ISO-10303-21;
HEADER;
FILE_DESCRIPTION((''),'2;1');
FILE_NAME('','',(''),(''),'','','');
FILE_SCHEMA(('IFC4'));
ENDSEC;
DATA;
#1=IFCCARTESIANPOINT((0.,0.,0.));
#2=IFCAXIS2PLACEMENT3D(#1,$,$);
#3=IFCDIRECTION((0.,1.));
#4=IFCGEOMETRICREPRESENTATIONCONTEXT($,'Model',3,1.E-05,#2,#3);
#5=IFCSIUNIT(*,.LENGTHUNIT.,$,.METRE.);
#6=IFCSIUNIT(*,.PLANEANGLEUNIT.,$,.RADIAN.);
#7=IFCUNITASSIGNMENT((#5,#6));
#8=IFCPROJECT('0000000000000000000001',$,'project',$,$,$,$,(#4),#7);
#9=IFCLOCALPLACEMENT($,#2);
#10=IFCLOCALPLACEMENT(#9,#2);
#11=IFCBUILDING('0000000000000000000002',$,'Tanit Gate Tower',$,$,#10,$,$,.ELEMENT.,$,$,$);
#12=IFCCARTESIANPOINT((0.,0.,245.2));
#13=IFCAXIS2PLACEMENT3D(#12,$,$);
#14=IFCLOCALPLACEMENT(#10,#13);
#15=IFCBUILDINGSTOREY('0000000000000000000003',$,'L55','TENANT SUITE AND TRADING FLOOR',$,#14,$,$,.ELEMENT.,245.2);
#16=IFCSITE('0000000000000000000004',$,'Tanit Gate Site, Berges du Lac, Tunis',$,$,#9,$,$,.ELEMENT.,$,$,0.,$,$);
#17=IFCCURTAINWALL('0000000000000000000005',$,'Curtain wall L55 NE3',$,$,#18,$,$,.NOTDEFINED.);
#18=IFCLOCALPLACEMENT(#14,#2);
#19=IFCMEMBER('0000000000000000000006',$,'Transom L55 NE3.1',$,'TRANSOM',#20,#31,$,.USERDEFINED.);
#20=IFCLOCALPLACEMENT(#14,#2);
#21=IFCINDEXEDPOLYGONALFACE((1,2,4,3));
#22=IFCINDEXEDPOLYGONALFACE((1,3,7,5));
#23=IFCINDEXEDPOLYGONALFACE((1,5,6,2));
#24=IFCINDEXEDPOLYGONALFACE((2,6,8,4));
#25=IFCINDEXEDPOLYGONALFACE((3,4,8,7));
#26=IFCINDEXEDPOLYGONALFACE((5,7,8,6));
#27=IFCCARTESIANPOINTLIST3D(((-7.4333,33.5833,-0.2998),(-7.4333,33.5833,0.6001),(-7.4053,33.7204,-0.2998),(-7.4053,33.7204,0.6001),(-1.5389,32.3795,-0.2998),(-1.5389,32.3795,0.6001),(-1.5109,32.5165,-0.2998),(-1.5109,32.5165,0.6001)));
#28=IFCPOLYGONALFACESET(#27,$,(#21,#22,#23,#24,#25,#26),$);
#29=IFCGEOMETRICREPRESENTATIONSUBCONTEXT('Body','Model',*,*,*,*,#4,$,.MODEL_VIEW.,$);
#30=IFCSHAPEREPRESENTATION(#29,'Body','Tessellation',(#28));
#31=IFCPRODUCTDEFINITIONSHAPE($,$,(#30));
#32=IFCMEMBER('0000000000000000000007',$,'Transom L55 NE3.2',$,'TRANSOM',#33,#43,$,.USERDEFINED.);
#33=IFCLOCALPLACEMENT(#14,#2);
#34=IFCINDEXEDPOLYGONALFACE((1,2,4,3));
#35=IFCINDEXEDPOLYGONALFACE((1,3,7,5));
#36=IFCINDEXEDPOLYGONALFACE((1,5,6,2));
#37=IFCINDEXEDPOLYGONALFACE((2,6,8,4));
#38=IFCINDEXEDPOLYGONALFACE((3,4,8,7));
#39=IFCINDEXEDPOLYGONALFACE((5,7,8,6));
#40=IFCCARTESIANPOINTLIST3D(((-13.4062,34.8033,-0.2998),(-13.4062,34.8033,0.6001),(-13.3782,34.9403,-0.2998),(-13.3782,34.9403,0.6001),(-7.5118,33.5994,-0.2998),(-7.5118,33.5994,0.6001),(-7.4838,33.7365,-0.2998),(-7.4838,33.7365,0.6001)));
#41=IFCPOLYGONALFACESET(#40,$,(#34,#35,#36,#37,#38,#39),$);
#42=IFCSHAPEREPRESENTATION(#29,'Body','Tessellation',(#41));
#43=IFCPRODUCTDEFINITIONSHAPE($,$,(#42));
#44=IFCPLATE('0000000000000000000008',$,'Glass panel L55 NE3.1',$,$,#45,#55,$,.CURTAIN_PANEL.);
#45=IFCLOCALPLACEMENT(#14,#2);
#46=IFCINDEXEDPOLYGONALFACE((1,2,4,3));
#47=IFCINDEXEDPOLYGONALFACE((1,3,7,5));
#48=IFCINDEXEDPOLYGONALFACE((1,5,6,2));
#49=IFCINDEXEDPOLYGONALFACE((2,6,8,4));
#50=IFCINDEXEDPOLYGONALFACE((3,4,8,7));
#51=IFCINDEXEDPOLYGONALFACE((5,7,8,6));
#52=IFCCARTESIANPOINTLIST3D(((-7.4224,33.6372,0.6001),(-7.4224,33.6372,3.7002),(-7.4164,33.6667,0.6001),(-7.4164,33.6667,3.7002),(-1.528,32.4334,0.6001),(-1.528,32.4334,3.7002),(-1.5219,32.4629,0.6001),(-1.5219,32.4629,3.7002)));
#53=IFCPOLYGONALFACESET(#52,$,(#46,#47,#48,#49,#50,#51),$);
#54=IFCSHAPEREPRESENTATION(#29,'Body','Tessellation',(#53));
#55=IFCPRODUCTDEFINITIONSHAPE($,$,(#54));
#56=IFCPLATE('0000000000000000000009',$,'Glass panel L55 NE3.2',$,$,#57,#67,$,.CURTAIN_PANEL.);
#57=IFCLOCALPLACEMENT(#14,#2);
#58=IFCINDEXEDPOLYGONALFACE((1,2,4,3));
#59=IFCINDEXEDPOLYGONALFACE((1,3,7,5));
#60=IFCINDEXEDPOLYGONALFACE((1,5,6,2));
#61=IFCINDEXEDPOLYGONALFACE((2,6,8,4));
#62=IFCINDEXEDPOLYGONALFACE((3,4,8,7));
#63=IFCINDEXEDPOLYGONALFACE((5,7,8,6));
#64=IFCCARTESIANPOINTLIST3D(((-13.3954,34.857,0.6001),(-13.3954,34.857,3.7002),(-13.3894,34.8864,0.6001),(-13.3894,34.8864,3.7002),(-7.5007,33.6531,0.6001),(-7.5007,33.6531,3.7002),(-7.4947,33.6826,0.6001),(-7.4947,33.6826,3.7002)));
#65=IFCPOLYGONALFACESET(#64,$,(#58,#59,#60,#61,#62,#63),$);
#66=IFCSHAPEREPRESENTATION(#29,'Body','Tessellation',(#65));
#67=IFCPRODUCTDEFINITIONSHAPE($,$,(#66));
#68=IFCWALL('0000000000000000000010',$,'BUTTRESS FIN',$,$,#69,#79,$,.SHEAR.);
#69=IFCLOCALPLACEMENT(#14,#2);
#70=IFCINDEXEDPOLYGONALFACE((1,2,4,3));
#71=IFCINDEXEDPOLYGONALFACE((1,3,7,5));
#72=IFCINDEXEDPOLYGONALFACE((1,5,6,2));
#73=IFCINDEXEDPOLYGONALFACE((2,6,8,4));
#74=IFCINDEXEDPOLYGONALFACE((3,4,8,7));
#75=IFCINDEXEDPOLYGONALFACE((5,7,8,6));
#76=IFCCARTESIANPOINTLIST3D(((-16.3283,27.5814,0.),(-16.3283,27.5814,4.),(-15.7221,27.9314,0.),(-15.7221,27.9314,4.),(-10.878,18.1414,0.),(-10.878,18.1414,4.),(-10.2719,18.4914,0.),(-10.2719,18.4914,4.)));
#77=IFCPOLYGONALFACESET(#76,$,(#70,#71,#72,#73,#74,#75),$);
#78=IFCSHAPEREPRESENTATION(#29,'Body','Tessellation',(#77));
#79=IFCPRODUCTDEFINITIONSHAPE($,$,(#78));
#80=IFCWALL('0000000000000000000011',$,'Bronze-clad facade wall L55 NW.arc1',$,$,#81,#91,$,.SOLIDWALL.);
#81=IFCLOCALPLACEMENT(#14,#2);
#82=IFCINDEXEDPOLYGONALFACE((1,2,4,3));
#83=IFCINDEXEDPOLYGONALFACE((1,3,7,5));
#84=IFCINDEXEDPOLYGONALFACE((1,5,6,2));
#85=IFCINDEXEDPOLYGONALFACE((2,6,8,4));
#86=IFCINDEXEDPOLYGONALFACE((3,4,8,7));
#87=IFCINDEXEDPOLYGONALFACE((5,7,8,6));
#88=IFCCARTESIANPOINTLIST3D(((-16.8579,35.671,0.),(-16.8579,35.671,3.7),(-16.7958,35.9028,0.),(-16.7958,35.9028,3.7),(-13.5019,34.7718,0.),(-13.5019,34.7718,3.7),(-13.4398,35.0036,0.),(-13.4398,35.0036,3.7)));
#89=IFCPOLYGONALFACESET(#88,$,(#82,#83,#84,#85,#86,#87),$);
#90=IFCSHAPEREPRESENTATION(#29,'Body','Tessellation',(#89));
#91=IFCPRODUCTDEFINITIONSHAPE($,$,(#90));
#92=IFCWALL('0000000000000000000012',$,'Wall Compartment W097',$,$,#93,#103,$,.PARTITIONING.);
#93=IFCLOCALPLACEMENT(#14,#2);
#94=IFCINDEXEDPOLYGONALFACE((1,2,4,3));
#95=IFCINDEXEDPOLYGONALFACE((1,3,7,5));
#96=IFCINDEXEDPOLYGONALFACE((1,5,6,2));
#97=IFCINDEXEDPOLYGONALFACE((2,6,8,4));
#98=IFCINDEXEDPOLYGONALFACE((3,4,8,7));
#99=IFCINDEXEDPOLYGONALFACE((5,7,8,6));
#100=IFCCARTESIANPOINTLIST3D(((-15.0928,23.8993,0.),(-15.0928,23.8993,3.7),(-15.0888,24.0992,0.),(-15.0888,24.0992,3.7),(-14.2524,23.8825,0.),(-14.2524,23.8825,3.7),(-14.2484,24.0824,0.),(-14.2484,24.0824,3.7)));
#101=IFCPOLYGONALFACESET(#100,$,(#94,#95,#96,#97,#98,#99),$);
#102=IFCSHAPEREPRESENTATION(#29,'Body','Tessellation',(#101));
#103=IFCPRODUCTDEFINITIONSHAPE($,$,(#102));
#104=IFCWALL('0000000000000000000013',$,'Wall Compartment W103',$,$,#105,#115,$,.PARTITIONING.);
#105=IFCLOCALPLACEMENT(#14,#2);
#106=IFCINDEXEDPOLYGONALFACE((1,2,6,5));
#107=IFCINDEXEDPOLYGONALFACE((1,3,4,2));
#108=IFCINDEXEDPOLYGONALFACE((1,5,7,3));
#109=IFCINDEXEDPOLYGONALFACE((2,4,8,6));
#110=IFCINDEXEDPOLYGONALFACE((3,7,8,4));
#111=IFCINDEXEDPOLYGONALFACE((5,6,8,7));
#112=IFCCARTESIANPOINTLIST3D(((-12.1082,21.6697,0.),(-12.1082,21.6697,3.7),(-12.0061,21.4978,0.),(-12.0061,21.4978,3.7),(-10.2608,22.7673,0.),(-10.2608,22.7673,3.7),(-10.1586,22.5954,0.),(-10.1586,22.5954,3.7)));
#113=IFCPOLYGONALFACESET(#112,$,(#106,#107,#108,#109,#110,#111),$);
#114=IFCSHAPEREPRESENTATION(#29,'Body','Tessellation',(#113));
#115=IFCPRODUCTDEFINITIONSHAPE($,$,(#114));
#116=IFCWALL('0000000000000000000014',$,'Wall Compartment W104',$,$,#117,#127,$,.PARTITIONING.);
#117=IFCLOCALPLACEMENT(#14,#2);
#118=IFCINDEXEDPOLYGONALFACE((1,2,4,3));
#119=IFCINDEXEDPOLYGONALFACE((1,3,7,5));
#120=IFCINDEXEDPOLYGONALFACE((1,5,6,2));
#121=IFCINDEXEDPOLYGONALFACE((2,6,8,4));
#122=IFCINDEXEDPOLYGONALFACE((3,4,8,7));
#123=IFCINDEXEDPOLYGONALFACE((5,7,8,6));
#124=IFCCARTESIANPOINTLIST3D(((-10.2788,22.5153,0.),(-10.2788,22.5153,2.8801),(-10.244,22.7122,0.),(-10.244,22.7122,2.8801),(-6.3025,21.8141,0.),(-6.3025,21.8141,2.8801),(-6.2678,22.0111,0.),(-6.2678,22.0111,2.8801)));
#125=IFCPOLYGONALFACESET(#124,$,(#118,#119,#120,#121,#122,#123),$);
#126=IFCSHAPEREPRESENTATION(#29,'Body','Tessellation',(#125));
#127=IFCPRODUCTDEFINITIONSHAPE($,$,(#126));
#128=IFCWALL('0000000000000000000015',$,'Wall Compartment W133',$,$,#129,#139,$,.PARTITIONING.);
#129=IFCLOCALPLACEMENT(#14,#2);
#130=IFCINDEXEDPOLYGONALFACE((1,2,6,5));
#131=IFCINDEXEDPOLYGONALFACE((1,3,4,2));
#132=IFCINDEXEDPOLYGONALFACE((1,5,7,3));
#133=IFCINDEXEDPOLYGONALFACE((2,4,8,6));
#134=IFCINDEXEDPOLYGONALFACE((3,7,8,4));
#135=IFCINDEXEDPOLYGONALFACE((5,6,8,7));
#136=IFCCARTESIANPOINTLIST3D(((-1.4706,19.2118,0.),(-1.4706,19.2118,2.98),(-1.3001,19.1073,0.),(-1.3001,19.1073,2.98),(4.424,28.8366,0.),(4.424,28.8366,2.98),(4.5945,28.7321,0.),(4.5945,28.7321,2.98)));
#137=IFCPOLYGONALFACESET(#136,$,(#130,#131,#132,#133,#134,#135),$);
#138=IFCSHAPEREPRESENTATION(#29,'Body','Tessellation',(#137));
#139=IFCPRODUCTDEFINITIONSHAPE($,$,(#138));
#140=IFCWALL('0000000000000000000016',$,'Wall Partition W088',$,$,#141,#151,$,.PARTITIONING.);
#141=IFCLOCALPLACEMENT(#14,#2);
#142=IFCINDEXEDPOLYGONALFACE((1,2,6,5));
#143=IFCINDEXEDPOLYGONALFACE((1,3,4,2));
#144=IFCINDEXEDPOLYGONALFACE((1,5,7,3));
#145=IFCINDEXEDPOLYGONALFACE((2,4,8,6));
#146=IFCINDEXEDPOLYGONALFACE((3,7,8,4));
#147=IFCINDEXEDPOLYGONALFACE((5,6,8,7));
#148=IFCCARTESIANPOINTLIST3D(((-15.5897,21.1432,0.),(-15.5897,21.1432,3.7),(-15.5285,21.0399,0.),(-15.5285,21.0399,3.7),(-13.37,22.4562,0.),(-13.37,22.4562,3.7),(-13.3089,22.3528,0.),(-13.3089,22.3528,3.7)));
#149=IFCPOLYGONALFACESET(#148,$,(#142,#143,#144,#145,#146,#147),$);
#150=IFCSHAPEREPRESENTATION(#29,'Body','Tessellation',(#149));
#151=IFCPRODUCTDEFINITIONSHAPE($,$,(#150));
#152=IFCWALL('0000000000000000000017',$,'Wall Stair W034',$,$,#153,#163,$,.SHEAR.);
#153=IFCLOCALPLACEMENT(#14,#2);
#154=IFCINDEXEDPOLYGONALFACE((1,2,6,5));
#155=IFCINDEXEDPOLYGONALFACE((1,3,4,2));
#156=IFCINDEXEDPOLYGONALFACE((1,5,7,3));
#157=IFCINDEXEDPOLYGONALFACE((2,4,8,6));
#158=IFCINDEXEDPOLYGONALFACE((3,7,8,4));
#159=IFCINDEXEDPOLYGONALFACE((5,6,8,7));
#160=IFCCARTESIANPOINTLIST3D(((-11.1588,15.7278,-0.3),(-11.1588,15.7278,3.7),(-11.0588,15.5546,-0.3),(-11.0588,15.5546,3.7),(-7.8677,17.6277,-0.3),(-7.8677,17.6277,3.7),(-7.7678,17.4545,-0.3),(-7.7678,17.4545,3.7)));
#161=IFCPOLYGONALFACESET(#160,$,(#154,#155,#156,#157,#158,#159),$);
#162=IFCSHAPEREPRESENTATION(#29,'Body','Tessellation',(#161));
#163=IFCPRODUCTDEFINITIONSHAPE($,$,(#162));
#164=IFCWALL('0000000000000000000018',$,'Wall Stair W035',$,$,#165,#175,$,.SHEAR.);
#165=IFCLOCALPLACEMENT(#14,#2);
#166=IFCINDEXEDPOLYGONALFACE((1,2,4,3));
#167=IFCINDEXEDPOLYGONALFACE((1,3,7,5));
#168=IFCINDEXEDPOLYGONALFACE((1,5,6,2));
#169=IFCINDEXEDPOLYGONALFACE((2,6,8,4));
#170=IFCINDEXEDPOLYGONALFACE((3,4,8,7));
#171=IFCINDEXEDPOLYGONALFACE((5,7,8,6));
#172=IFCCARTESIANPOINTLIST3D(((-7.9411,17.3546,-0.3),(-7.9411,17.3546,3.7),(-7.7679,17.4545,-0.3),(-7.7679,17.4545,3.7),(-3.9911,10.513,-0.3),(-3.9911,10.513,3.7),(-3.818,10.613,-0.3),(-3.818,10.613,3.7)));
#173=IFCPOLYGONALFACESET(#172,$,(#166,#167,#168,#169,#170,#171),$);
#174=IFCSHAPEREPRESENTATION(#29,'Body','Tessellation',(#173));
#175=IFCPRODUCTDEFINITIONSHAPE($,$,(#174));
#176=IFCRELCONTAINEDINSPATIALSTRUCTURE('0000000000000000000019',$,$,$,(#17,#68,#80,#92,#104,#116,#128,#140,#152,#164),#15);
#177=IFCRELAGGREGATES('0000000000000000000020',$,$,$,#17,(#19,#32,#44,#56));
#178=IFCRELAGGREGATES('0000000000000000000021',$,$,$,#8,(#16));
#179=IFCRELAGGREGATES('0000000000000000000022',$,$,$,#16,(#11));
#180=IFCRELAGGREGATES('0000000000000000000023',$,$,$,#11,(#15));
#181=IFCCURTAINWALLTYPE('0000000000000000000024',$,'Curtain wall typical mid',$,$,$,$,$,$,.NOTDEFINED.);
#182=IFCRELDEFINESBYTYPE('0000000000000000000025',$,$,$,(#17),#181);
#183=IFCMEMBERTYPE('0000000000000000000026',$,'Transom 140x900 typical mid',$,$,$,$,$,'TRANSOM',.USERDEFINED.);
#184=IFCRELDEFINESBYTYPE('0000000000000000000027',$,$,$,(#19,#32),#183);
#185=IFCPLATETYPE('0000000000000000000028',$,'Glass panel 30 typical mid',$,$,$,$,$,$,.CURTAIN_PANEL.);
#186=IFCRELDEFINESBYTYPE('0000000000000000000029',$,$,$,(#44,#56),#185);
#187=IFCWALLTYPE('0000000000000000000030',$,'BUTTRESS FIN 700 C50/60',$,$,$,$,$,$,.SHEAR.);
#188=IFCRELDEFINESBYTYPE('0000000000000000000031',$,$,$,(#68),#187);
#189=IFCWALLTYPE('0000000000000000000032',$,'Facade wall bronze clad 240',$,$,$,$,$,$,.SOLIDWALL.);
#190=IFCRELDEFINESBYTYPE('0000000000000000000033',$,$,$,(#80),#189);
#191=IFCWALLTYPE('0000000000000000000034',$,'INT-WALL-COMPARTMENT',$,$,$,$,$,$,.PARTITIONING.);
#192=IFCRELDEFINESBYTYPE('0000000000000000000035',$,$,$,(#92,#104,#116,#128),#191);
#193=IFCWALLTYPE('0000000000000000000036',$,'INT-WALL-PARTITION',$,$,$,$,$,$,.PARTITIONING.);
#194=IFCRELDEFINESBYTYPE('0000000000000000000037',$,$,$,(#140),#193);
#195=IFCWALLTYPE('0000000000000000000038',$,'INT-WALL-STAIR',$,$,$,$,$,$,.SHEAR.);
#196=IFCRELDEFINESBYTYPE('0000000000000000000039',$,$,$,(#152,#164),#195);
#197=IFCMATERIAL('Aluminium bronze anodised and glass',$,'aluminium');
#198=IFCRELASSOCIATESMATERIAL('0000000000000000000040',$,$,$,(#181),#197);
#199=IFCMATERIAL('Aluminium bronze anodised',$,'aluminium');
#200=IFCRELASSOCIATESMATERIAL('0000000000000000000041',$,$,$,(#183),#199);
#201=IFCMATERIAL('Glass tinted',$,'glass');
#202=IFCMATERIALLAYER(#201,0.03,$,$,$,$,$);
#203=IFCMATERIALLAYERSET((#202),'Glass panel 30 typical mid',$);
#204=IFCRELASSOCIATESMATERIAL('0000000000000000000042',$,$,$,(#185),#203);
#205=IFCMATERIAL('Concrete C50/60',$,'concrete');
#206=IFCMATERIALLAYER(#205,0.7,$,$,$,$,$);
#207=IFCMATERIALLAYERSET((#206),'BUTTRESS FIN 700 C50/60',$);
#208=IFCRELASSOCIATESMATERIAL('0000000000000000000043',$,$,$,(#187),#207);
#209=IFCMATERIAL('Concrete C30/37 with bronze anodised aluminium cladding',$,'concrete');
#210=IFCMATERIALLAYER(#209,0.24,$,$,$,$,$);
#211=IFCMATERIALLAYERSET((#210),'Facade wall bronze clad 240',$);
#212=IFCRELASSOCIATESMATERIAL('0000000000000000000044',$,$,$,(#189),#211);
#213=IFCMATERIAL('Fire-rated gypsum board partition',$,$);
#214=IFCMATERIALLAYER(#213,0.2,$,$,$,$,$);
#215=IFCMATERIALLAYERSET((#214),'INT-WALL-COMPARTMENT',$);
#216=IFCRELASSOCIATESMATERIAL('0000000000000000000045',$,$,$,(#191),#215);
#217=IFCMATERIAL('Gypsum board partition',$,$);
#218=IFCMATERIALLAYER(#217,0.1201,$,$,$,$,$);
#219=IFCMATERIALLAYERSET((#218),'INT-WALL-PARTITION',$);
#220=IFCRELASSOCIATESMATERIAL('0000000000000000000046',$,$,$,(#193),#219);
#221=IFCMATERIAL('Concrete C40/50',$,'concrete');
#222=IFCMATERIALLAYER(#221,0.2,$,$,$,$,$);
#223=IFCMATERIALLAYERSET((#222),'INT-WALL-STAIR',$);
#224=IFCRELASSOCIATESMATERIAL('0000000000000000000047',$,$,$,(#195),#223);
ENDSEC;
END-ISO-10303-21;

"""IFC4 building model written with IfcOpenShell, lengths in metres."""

from ifc_helpers import new_model, si_unit, direction, frame, frame_2d, origin, origin_2d, place, context, subcontext, project, spatial, rectangle, extrude, material, layer, layer_set, material_profile, profile_set, type_object, element, aggregate, save


model = new_model("IFC4")

# Units and contexts
model_context = context("Model", 3, precision=1e-05, world=origin(), true_north=direction((0.0, 1.0)))
body_context = subcontext(model_context, "Body", "Model", "MODEL_VIEW")
ifc_project = project(units=[si_unit("LENGTHUNIT", "METRE"), si_unit("PLANEANGLEUNIT", "RADIAN")], contexts=[model_context])

# Site, building, storey
site_placement = place(None, origin())
site = spatial("IfcSite", under=ifc_project, at=site_placement, Name="Tanit Gate Site, Berges du Lac, Tunis", CompositionType="ELEMENT", RefElevation=0.0)
building_placement = place(site_placement, origin())
building = spatial("IfcBuilding", under=site, at=building_placement, Name="Tanit Gate Tower", CompositionType="ELEMENT")
storey_placement = place(building_placement, frame((0.0, 0.0, 245.2)))
storey = spatial("IfcBuildingStorey", under=building, at=storey_placement, Name="L55", Description="TENANT SUITE AND TRADING FLOOR", CompositionType="ELEMENT", Elevation=245.2)

# Curtain wall
ifc_material_1 = material(Name="Aluminium bronze anodised and glass", Category="aluminium")
curtain_wall_type = type_object("IfcCurtainWallType", Name="Curtain wall typical mid", PredefinedType="NOTDEFINED", material=ifc_material_1)
curtain_wall_1_placement = place(storey_placement, origin())
curtain_wall_1 = element("IfcCurtainWall", 1, at=curtain_wall_1_placement, inside=storey, type_object=curtain_wall_type, Name="Curtain wall L55 NE3", PredefinedType="NOTDEFINED")

# Members
ifc_material_2 = material(Name="Aluminium bronze anodised", Category="aluminium")
ifc_material_profile_1 = material_profile(ifc_material_2, rectangle(XDim=0.1399, YDim=0.8999, at=origin_2d()), Name="140x900 bronze transom")
ifc_profile_set_1 = profile_set([ifc_material_profile_1], Name="Aluminium bronze anodised")
member_type_1 = type_object("IfcMemberType", Name="Transom 140x900 typical mid", ElementType="TRANSOM", PredefinedType="USERDEFINED", material=ifc_profile_set_1)
member_1_placement = place(storey_placement, frame((-1.5249, 32.448, 0.1501), z_axis=(-0.979775, 0.200102, 0.0), x_axis=(-0.200102, -0.979775, 0.0)))
member_1 = element("IfcMember", 2, at=member_1_placement, type_object=member_type_1, Name="Transom L55 NE3.1", ObjectType="TRANSOM", PredefinedType="USERDEFINED", context=body_context, shape_type="SweptSolid", body=[
    extrude(rectangle(XDim=0.1399, YDim=0.8999, at=origin_2d()), origin(), (0.0, 0.0, 1.0), 6.0161),
])
member_2_placement = place(storey_placement, frame((-7.4978, 33.668, 0.1501), z_axis=(-0.979775, 0.200102, 0.0), x_axis=(-0.200102, -0.979775, 0.0)))
member_2 = element("IfcMember", 3, at=member_2_placement, type_object=member_type_1, Name="Transom L55 NE3.2", ObjectType="TRANSOM", PredefinedType="USERDEFINED", context=body_context, shape_type="SweptSolid", body=[
    extrude(rectangle(XDim=0.1399, YDim=0.8999, at=origin_2d()), origin(), (0.0, 0.0, 1.0), 6.0161),
])

# Plates
ifc_material_3 = material(Name="Glass tinted", Category="glass")
ifc_layer_1 = layer(ifc_material_3, 0.03)
ifc_layer_set_1 = layer_set([ifc_layer_1], Name="Glass panel 30 typical mid")
plate_type = type_object("IfcPlateType", Name="Glass panel 30 typical mid", PredefinedType="CURTAIN_PANEL", material=ifc_layer_set_1)
plate_1_placement = place(storey_placement, frame((-4.4722, 33.05, 0.6001), z_axis=(0.0, 0.0, 1.0), x_axis=(-0.979776, 0.200098, 0.0)))
plate_1 = element("IfcPlate", 4, at=plate_1_placement, type_object=plate_type, Name="Glass panel L55 NE3.1", PredefinedType="CURTAIN_PANEL", context=body_context, shape_type="SweptSolid", body=[
    extrude(rectangle(XDim=6.0161, YDim=0.03, at=origin_2d()), origin(), (0.0, 0.0, 1.0), 3.1001),
])
plate_2_placement = place(storey_placement, frame((-10.4451, 34.2698, 0.6001), z_axis=(0.0, 0.0, 1.0), x_axis=(-0.979776, 0.200098, 0.0)))
plate_2 = element("IfcPlate", 5, at=plate_2_placement, type_object=plate_type, Name="Glass panel L55 NE3.2", PredefinedType="CURTAIN_PANEL", context=body_context, shape_type="SweptSolid", body=[
    extrude(rectangle(XDim=6.0164, YDim=0.03, at=origin_2d()), origin(), (0.0, 0.0, 1.0), 3.1001),
])
aggregate(curtain_wall_1, [member_1, member_2, plate_1, plate_2])

# Walls
ifc_material_4 = material(Name="Concrete C50/60", Category="concrete")
ifc_layer_2 = layer(ifc_material_4, 0.7)
ifc_layer_set_2 = layer_set([ifc_layer_2], Name="BUTTRESS FIN 700 C50/60")
wall_type_1 = type_object("IfcWallType", Name="BUTTRESS FIN 700 C50/60", PredefinedType="SHEAR", material=ifc_layer_set_2)
wall_1_placement = place(storey_placement, frame((-10.575, 18.3164, 0.0), z_axis=(0.0, 0.0, 1.0), x_axis=(-0.500003, 0.866024, 0.0)))
element("IfcWall", 6, at=wall_1_placement, inside=storey, type_object=wall_type_1, Name="BUTTRESS FIN", PredefinedType="SHEAR", context=body_context, shape_type="SweptSolid", body=[
    extrude(rectangle(XDim=10.9004, YDim=0.7, at=frame_2d((5.4502, 0.0))), origin(), (0.0, 0.0, 1.0), 4.0),
])
ifc_material_5 = material(Name="Concrete C30/37 with bronze anodised aluminium cladding", Category="concrete")
ifc_layer_3 = layer(ifc_material_5, 0.24)
ifc_layer_set_3 = layer_set([ifc_layer_3], Name="Facade wall bronze clad 240")
wall_type_2 = type_object("IfcWallType", Name="Facade wall bronze clad 240", PredefinedType="SOLIDWALL", material=ifc_layer_set_3)
wall_2_placement = place(storey_placement, frame((-13.4707, 34.8877, 0.0), z_axis=(0.0, 0.0, 1.0), x_axis=(-0.96593, 0.258804, 0.0)))
element("IfcWall", 7, at=wall_2_placement, inside=storey, type_object=wall_type_2, Name="Bronze-clad facade wall L55 NW.arc1", PredefinedType="SOLIDWALL", context=body_context, shape_type="SweptSolid", body=[
    extrude(rectangle(XDim=3.4744, YDim=0.24, at=frame_2d((1.7373, 0.0))), origin(), (0.0, 0.0, 1.0), 3.7),
])
ifc_material_6 = material(Name="Fire-rated gypsum board partition")
ifc_layer_4 = layer(ifc_material_6, 0.2)
ifc_layer_set_4 = layer_set([ifc_layer_4], Name="INT-WALL-COMPARTMENT")
wall_type_3 = type_object("IfcWallType", Name="INT-WALL-COMPARTMENT", PredefinedType="PARTITIONING", material=ifc_layer_set_4)
wall_3_placement = place(storey_placement, frame((-14.2502, 23.9824, 0.0), z_axis=(0.0, 0.0, 1.0), x_axis=(-0.999799, 0.020042, 0.0)))
element("IfcWall", 8, at=wall_3_placement, inside=storey, type_object=wall_type_3, Name="Wall Compartment W097", PredefinedType="PARTITIONING", context=body_context, shape_type="SweptSolid", body=[
    extrude(rectangle(XDim=0.8406, YDim=0.2, at=frame_2d((0.4204, 0.0))), origin(), (0.0, 0.0, 1.0), 3.7),
])
wall_4_placement = place(storey_placement, frame((-10.2097, 22.6814, 0.0), z_axis=(0.0, 0.0, 1.0), x_axis=(-0.8597, -0.510799, 0.0)))
element("IfcWall", 9, at=wall_4_placement, inside=storey, type_object=wall_type_3, Name="Wall Compartment W103", PredefinedType="PARTITIONING", context=body_context, shape_type="SweptSolid", body=[
    extrude(rectangle(XDim=2.1489, YDim=0.2, at=frame_2d((1.0745, 0.0))), origin(), (0.0, 0.0, 1.0), 3.7),
])
wall_5_placement = place(storey_placement, frame((-6.2852, 21.9126, 0.0), z_axis=(0.0, 0.0, 1.0), x_axis=(-0.984806, 0.173658, 0.0)))
element("IfcWall", 10, at=wall_5_placement, inside=storey, type_object=wall_type_3, Name="Wall Compartment W104", PredefinedType="PARTITIONING", context=body_context, shape_type="SweptSolid", body=[
    extrude(rectangle(XDim=4.0376, YDim=0.2, at=frame_2d((2.0188, 0.0))), origin(), (0.0, 0.0, 1.0), 2.8801),
])
wall_6_placement = place(storey_placement, frame((-1.3853, 19.1597, 0.0), z_axis=(0.0, 0.0, 1.0), x_axis=(0.522271, 0.852779, 0.0)))
element("IfcWall", 11, at=wall_6_placement, inside=storey, type_object=wall_type_3, Name="Wall Compartment W133", PredefinedType="PARTITIONING", context=body_context, shape_type="SweptSolid", body=[
    extrude(rectangle(XDim=11.2864, YDim=0.2, at=frame_2d((5.6431, 0.0))), origin(), (0.0, 0.0, 1.0), 2.98),
])
ifc_material_7 = material(Name="Gypsum board partition")
ifc_layer_5 = layer(ifc_material_7, 0.1201)
ifc_layer_set_5 = layer_set([ifc_layer_5], Name="INT-WALL-PARTITION")
wall_type_4 = type_object("IfcWallType", Name="INT-WALL-PARTITION", PredefinedType="PARTITIONING", material=ifc_layer_set_5)
wall_7_placement = place(storey_placement, frame((-13.3394, 22.4045, 0.0), z_axis=(0.0, 0.0, 1.0), x_axis=(-0.8607, -0.509112, 0.0)))
element("IfcWall", 12, at=wall_7_placement, inside=storey, type_object=wall_type_4, Name="Wall Partition W088", PredefinedType="PARTITIONING", context=body_context, shape_type="SweptSolid", body=[
    extrude(rectangle(XDim=2.5789, YDim=0.1201, at=frame_2d((1.2896, 0.0))), origin(), (0.0, 0.0, 1.0), 3.7),
])
ifc_material_8 = material(Name="Concrete C40/50", Category="concrete")
ifc_layer_6 = layer(ifc_material_8, 0.2)
ifc_layer_set_6 = layer_set([ifc_layer_6], Name="INT-WALL-STAIR")
wall_type_5 = type_object("IfcWallType", Name="INT-WALL-STAIR", PredefinedType="SHEAR", material=ifc_layer_set_6)
wall_8_placement = place(storey_placement, frame((-7.8179, 17.541, -0.3), z_axis=(0.0, 0.0, 1.0), x_axis=(-0.866044, -0.499967, 0.0)))
element("IfcWall", 13, at=wall_8_placement, inside=storey, type_object=wall_type_5, Name="Wall Stair W034", PredefinedType="SHEAR", context=body_context, shape_type="SweptSolid", body=[
    extrude(rectangle(XDim=3.8, YDim=0.2, at=frame_2d((1.8999, 0.0))), origin(), (0.0, 0.0, 1.0), 4.0),
])
wall_9_placement = place(storey_placement, frame((-7.8545, 17.4045, -0.3), z_axis=(0.0, 0.0, 1.0), x_axis=(0.499998, -0.866027, 0.0)))
element("IfcWall", 14, at=wall_9_placement, inside=storey, type_object=wall_type_5, Name="Wall Stair W035", PredefinedType="SHEAR", context=body_context, shape_type="SweptSolid", body=[
    extrude(rectangle(XDim=7.8999, YDim=0.2, at=frame_2d((3.95, 0.0))), origin(), (0.0, 0.0, 1.0), 4.0),
])

save(model, "model.ifc")
